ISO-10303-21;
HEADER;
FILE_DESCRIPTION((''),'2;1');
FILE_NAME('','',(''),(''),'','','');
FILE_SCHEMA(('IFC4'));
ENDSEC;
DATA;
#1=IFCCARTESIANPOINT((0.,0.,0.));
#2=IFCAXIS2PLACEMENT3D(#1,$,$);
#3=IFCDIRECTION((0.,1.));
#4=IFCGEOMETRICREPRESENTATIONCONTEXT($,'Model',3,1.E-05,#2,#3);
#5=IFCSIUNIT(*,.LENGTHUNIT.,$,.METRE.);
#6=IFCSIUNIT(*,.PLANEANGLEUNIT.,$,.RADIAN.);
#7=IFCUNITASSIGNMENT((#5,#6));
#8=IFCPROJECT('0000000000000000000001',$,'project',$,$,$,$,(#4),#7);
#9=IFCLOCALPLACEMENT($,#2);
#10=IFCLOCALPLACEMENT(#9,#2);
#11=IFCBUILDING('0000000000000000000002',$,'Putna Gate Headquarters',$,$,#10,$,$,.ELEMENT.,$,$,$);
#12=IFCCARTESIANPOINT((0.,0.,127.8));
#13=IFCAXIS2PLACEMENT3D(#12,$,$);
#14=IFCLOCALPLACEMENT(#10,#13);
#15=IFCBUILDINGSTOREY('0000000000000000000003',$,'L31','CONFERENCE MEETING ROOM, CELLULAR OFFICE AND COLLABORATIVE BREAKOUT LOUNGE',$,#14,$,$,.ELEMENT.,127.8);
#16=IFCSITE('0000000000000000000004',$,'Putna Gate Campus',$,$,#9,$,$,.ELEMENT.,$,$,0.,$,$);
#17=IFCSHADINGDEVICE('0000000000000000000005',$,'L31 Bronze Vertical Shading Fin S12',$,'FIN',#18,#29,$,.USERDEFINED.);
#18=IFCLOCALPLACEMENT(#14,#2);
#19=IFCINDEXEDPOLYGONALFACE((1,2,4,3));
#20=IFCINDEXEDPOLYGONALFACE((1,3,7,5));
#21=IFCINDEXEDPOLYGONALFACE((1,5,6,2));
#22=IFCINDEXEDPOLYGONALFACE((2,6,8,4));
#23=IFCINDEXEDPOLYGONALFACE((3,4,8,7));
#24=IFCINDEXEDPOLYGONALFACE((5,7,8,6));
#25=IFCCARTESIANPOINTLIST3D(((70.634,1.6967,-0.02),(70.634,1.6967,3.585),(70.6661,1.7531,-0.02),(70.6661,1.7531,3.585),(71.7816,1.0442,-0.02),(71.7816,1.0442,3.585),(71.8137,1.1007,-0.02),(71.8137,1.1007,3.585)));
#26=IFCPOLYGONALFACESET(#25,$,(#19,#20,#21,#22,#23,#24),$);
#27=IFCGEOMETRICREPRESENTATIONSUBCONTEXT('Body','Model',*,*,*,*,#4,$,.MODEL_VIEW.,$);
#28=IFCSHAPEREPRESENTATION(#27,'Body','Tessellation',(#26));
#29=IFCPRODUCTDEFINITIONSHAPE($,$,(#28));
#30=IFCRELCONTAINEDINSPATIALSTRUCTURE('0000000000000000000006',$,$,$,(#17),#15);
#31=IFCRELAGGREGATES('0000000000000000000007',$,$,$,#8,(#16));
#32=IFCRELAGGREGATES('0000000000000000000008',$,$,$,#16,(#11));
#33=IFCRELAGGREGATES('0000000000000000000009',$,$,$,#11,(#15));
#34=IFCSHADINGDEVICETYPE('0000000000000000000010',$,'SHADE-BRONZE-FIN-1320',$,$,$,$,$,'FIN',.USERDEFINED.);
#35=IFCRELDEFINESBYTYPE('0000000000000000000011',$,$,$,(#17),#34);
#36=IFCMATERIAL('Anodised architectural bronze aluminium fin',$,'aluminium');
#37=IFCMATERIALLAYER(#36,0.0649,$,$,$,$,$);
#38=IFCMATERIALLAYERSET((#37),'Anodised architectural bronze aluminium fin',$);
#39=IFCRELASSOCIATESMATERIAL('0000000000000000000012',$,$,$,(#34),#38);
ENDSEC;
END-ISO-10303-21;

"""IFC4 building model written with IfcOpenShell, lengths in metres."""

from ifc_helpers import new_model, si_unit, direction, frame, origin, origin_2d, place, context, subcontext, project, spatial, rectangle, extrude, material, layer, layer_set, type_object, element, save


model = new_model("IFC4")

# Units and contexts
model_context = context("Model", 3, precision=1e-05, world=origin(), true_north=direction((0.0, 1.0)))
body_context = subcontext(model_context, "Body", "Model", "MODEL_VIEW")
ifc_project = project(units=[si_unit("LENGTHUNIT", "METRE"), si_unit("PLANEANGLEUNIT", "RADIAN")], contexts=[model_context])

# Site, building, storey
site_placement = place(None, origin())
site = spatial("IfcSite", under=ifc_project, at=site_placement, Name="Putna Gate Campus", CompositionType="ELEMENT", RefElevation=0.0)
building_placement = place(site_placement, origin())
building = spatial("IfcBuilding", under=site, at=building_placement, Name="Putna Gate Headquarters", CompositionType="ELEMENT")
storey_placement = place(building_placement, frame((0.0, 0.0, 127.8)))
storey = spatial("IfcBuildingStorey", under=building, at=storey_placement, Name="L31", Description="CONFERENCE MEETING ROOM, CELLULAR OFFICE AND COLLABORATIVE BREAKOUT LOUNGE", CompositionType="ELEMENT", Elevation=127.8)

# Shading device
ifc_material_1 = material(Name="Anodised architectural bronze aluminium fin", Category="aluminium")
ifc_layer_1 = layer(ifc_material_1, 0.0649)
ifc_layer_set_1 = layer_set([ifc_layer_1], Name="Anodised architectural bronze aluminium fin")
shading_device_type = type_object("IfcShadingDeviceType", Name="SHADE-BRONZE-FIN-1320", ElementType="FIN", PredefinedType="USERDEFINED", material=ifc_layer_set_1)
for number, where, z_axis, x_axis, name in (
    (1, (71.2239, 1.3987, -0.02), (0.0, 0.0, 1.0), (0.869322, -0.494245, 0.0), "L31 Bronze Vertical Shading Fin S12"),
):
    element("IfcShadingDevice", number, at=place(storey_placement, frame(where, z_axis=z_axis, x_axis=x_axis)), inside=storey, type_object=shading_device_type, Name=name, ObjectType="FIN", PredefinedType="USERDEFINED", context=body_context, shape_type="SweptSolid", body=[
        extrude(rectangle(XDim=1.3201, YDim=0.0649, at=origin_2d()), origin(), (0.0, 0.0, 1.0), 3.605),
    ])

save(model, "model.ifc")
